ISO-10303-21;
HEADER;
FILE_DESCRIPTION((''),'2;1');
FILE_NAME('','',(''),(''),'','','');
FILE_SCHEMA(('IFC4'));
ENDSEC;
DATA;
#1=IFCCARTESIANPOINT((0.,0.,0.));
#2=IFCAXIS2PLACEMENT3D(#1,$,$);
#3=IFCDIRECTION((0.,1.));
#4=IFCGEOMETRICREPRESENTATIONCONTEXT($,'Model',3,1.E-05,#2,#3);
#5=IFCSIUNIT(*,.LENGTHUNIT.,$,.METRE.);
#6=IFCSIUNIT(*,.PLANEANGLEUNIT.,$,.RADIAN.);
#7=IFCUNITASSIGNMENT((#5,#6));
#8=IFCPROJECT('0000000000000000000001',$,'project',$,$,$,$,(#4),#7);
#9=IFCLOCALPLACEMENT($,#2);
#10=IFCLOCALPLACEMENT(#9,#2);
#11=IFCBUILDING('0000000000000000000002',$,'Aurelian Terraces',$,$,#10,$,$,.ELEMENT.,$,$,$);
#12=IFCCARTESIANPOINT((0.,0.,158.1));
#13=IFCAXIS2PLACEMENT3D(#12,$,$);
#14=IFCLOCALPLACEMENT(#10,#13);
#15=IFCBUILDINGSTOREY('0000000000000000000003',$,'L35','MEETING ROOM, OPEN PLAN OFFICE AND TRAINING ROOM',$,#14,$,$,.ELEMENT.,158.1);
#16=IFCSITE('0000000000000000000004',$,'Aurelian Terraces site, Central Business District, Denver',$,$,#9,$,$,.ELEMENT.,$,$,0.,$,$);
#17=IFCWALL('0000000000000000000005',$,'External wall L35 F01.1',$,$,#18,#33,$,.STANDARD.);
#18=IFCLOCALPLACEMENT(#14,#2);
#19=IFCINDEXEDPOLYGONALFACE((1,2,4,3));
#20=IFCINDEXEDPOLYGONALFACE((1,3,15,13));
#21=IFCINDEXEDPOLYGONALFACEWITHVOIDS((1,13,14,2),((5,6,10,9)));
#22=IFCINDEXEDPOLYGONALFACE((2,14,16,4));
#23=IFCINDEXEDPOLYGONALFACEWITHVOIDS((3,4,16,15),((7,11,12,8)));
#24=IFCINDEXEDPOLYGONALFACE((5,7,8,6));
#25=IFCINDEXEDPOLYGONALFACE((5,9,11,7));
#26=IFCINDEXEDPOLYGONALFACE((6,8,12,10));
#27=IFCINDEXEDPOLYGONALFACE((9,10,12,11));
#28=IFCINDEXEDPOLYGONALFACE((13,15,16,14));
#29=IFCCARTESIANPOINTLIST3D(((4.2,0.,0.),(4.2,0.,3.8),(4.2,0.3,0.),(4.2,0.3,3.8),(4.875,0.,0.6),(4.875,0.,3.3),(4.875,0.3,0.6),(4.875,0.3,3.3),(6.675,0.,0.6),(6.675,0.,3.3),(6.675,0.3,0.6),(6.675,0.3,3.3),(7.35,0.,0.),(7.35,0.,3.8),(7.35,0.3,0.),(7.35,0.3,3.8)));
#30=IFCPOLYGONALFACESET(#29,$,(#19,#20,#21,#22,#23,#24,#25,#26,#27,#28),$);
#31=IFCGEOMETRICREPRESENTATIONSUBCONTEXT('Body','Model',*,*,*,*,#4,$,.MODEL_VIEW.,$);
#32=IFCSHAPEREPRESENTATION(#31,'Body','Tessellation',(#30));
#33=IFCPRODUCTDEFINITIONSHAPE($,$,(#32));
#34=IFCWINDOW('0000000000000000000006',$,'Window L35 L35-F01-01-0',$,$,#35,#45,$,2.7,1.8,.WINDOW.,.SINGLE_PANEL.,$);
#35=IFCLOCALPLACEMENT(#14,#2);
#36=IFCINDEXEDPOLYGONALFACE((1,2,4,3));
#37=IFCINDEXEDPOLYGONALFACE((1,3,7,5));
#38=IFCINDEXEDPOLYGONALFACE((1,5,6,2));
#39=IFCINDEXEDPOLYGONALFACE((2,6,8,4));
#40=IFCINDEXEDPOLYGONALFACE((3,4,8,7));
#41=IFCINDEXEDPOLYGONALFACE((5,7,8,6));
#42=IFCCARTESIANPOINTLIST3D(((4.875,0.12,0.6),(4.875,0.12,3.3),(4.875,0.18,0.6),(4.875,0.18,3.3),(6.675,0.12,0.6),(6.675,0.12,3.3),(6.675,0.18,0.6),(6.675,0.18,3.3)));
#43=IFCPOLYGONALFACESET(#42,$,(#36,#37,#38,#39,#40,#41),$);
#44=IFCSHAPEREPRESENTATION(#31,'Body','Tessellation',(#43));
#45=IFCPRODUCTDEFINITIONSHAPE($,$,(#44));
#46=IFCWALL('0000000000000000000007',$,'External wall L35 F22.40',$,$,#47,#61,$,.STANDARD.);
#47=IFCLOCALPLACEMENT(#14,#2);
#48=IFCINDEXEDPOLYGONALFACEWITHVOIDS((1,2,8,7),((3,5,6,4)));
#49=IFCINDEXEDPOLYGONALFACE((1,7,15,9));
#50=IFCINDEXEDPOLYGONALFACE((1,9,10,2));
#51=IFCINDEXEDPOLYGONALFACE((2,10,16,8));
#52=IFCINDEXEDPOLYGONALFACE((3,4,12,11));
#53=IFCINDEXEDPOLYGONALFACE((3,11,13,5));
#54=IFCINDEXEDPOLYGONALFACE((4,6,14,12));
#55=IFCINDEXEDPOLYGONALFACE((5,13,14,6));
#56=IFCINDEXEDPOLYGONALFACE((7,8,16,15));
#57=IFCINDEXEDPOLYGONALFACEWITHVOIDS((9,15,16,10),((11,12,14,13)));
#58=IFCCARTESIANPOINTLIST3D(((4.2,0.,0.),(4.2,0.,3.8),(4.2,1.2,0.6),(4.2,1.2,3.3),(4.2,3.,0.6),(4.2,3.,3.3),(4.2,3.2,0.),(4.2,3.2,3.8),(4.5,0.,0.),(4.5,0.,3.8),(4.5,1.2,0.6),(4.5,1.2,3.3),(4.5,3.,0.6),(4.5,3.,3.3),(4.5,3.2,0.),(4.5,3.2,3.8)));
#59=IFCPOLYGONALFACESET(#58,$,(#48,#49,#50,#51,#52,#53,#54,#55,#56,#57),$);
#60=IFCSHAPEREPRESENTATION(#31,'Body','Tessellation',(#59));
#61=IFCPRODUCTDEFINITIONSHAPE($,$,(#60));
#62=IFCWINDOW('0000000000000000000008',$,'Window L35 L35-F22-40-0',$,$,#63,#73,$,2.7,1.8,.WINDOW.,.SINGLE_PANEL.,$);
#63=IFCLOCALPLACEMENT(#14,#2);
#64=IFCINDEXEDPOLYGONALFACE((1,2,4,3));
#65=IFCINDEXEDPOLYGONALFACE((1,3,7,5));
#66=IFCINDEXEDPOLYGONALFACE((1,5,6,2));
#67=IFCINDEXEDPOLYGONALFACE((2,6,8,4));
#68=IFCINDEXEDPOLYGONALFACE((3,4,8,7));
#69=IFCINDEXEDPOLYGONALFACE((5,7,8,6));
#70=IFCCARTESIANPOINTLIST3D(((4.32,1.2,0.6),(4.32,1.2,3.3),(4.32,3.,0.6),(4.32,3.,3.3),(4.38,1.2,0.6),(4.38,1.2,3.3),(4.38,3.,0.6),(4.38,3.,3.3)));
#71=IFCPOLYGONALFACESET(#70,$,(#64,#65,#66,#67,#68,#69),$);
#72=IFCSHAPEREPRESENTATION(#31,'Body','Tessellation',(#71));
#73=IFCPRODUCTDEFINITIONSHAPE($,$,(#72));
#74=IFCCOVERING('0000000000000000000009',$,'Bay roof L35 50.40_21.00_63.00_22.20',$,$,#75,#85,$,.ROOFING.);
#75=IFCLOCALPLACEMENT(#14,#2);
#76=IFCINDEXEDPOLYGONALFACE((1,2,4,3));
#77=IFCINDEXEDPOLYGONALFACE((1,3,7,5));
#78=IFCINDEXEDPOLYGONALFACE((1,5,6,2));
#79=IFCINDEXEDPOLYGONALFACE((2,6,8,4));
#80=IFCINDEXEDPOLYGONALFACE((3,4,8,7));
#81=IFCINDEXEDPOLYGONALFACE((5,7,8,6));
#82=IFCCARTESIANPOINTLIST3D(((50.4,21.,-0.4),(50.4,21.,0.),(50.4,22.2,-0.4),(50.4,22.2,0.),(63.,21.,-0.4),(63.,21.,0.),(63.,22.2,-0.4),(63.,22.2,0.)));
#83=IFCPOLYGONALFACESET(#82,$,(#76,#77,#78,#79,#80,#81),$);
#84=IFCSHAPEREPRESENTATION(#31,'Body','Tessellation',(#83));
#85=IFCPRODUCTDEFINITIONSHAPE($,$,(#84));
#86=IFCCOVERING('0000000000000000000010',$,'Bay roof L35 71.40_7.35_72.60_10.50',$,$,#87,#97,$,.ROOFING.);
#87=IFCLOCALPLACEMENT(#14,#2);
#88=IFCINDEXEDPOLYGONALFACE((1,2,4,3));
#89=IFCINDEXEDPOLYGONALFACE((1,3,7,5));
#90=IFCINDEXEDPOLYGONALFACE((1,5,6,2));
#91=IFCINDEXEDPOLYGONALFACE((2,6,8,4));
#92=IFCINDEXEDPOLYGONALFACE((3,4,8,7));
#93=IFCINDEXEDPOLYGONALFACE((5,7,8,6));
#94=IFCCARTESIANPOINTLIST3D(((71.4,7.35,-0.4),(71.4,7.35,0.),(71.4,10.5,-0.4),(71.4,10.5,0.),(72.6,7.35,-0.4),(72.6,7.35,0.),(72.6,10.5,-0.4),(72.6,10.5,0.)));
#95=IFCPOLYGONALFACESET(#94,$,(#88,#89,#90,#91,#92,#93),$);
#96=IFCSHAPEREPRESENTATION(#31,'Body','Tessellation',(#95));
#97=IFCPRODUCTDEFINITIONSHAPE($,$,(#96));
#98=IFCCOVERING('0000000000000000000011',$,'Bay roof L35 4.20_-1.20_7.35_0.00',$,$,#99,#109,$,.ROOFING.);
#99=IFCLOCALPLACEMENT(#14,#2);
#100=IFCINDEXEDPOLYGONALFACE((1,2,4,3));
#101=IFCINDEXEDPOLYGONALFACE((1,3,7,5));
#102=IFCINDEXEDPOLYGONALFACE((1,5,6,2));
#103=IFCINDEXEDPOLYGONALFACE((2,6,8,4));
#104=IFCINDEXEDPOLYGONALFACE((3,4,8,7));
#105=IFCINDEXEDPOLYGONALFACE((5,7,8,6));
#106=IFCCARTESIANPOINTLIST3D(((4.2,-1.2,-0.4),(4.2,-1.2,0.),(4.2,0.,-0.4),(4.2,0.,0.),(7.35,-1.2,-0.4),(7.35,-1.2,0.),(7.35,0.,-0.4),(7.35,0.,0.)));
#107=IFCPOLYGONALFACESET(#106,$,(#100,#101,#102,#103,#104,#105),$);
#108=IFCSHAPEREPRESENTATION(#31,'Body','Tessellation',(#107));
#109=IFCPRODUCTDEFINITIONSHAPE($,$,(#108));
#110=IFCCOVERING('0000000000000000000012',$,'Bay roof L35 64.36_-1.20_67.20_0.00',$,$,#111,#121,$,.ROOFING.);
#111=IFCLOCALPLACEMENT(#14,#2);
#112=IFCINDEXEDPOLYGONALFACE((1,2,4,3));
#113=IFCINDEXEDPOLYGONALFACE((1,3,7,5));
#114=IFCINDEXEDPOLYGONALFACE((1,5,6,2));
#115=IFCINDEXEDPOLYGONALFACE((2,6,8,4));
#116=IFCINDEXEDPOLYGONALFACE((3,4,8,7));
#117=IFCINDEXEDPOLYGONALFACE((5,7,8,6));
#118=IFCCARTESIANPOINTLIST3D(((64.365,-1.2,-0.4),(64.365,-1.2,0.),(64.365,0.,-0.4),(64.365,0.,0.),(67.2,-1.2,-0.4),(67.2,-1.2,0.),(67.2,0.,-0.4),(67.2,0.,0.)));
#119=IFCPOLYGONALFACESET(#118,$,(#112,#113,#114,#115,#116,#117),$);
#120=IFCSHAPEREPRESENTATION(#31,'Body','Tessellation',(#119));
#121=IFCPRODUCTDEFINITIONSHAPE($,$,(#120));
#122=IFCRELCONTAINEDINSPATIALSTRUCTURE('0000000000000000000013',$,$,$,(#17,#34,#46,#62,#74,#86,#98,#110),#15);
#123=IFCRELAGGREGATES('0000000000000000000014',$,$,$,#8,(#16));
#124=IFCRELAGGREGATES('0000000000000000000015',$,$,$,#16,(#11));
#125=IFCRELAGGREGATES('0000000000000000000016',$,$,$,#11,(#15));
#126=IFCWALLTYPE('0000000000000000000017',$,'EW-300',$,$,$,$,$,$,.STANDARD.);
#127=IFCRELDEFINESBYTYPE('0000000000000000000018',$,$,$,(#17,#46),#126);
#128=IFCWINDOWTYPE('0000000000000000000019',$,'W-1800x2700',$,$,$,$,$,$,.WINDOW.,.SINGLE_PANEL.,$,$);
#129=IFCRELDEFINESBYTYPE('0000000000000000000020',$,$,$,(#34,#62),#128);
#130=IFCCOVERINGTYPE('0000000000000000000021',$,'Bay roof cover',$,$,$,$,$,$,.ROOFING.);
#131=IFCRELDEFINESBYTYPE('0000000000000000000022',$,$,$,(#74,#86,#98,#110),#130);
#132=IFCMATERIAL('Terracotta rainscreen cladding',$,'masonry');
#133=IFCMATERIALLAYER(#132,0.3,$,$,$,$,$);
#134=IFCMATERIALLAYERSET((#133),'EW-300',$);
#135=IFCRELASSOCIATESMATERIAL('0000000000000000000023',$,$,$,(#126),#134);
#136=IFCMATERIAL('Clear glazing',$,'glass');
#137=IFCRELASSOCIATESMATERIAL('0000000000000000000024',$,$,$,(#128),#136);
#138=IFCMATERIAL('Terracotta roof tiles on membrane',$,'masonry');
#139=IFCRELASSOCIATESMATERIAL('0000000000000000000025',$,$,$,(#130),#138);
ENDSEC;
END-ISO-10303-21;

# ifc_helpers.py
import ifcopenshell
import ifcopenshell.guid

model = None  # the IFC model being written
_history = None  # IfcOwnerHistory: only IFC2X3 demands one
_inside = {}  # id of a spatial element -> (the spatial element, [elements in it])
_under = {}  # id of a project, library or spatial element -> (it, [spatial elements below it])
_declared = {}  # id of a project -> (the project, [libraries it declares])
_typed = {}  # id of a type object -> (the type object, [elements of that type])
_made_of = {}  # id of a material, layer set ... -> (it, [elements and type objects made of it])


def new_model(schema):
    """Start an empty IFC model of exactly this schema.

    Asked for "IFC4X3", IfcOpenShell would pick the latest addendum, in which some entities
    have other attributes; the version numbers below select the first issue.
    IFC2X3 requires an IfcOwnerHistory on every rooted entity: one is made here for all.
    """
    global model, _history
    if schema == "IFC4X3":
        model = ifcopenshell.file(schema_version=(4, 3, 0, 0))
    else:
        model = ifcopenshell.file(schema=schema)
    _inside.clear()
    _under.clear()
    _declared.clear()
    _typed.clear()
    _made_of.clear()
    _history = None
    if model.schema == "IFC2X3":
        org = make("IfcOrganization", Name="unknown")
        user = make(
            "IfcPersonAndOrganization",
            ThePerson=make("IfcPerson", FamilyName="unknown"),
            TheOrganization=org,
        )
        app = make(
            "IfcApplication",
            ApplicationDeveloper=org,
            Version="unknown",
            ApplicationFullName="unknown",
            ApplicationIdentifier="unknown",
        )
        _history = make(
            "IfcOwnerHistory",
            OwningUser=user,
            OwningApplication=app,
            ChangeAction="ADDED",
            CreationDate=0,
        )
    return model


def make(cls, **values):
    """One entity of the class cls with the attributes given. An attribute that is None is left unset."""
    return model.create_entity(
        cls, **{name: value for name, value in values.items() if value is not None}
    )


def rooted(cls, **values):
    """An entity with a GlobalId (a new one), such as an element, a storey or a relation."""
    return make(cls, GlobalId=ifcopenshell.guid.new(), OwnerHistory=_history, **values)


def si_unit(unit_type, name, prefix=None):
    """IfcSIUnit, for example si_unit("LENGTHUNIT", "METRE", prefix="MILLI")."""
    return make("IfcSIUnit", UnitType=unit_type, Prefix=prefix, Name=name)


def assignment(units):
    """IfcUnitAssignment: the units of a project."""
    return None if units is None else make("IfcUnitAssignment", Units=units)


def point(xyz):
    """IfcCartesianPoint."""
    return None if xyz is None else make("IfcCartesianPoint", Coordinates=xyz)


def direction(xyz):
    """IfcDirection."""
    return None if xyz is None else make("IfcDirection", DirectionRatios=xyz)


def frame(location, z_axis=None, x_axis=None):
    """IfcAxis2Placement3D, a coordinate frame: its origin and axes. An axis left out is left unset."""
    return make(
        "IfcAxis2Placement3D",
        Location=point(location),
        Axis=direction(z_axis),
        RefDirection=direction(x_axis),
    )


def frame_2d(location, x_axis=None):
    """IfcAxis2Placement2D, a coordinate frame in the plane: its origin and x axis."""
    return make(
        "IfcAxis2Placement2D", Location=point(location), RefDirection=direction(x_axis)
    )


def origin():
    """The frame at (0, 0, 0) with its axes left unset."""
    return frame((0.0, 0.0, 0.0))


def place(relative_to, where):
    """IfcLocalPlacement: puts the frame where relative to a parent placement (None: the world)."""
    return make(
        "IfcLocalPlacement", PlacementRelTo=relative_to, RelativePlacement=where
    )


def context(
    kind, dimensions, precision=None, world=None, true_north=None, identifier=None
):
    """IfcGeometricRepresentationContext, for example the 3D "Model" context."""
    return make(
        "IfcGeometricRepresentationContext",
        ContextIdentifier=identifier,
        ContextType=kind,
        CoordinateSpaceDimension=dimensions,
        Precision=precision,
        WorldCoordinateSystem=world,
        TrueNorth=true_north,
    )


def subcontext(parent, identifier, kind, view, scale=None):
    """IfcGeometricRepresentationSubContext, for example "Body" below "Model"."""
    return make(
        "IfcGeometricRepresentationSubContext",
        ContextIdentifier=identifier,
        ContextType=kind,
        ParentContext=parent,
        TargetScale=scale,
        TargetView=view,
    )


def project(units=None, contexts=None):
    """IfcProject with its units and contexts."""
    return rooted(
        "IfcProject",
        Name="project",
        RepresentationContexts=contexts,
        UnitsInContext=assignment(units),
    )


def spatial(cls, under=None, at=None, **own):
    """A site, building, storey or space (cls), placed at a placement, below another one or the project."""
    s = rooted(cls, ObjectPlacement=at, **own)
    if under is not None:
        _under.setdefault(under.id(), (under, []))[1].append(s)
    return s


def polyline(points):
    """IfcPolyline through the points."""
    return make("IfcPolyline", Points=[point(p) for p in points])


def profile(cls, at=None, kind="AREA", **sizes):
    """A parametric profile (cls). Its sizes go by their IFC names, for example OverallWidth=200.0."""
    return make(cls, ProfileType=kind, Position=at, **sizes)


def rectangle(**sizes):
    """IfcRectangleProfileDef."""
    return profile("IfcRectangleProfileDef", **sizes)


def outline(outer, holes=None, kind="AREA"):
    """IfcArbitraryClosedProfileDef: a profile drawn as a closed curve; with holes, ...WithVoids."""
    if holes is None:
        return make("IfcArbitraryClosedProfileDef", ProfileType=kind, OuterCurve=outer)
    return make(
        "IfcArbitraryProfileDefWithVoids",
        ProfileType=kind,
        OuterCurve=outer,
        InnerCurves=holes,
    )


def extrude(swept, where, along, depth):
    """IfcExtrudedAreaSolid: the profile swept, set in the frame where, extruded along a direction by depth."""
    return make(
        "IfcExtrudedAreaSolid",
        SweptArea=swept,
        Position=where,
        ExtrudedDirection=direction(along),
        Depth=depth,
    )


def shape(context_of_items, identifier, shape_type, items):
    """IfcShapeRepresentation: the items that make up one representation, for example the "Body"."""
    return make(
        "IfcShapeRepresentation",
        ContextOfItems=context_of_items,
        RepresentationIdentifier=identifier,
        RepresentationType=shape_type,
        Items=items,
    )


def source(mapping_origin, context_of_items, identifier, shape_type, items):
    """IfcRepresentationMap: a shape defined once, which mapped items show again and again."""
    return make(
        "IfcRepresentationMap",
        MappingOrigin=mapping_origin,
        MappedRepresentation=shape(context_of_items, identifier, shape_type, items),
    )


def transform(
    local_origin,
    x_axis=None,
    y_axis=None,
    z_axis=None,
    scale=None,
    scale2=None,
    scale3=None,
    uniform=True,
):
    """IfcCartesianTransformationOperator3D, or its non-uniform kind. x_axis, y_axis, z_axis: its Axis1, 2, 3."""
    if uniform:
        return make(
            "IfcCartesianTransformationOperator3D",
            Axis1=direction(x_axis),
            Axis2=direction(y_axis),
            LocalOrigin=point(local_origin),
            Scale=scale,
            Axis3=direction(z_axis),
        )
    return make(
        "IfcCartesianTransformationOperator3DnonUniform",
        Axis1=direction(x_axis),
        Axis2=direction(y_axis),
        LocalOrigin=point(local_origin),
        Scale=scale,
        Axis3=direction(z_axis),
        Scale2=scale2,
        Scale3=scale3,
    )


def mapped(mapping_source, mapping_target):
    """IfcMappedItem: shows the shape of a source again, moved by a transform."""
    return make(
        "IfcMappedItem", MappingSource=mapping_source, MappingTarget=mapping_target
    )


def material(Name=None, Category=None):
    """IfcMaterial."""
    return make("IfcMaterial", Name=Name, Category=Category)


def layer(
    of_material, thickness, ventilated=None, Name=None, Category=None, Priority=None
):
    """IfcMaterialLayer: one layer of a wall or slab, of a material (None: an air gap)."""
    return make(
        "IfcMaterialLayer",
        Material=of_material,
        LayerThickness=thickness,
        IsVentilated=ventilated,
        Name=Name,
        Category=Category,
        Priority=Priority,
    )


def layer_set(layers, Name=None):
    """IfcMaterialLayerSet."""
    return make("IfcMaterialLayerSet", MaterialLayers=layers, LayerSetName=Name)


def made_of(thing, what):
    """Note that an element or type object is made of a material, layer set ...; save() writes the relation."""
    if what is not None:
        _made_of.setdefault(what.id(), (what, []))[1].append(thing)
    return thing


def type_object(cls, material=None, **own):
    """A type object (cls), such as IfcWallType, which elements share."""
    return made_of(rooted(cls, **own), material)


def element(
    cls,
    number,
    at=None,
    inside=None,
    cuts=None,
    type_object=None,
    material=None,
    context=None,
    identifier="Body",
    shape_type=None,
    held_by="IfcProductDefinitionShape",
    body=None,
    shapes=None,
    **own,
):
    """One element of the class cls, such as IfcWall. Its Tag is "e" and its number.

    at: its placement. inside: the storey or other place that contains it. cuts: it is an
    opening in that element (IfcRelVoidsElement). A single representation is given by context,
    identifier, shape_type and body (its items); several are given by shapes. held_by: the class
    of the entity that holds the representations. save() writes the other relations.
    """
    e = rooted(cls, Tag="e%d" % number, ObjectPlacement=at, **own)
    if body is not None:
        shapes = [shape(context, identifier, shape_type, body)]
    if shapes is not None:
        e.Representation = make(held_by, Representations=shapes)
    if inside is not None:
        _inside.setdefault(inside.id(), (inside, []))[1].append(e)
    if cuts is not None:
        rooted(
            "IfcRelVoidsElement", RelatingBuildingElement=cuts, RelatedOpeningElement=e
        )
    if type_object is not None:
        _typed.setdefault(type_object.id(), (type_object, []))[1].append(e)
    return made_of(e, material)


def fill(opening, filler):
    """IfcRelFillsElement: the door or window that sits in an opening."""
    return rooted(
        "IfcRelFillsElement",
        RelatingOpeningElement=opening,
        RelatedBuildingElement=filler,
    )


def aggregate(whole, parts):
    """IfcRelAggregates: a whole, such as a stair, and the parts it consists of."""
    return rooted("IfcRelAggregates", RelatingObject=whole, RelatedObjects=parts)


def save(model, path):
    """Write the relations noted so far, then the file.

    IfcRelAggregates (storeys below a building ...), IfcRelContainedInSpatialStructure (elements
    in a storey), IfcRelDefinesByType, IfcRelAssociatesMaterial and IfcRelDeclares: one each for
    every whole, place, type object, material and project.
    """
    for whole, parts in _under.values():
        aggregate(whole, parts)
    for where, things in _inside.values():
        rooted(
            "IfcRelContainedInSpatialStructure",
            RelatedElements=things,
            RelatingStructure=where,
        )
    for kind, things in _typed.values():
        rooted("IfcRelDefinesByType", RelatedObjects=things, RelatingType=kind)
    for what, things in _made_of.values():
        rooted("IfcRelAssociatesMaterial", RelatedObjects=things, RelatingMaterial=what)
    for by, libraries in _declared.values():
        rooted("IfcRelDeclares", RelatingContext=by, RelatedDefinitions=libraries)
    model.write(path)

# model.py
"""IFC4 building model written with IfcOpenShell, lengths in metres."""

from ifc_helpers import new_model, si_unit, direction, frame, frame_2d, origin, place, context, subcontext, project, spatial, polyline, rectangle, outline, extrude, source, transform, mapped, material, layer, layer_set, type_object, element, fill, save


model = new_model("IFC4")

# Units and contexts
model_context = context("Model", 3, precision=1e-05, world=origin(), true_north=direction((0.0, 1.0)))
body_context = subcontext(model_context, "Body", "Model", "MODEL_VIEW")
ifc_project = project(units=[si_unit("LENGTHUNIT", "METRE"), si_unit("PLANEANGLEUNIT", "RADIAN")], contexts=[model_context])

# Site, building, storey
site_placement = place(None, origin())
site = spatial("IfcSite", under=ifc_project, at=site_placement, Name="Aurelian Terraces site, Central Business District, Denver", CompositionType="ELEMENT", RefElevation=0.0)
building_placement = place(site_placement, origin())
building = spatial("IfcBuilding", under=site, at=building_placement, Name="Aurelian Terraces", CompositionType="ELEMENT")
storey_placement = place(building_placement, frame((0.0, 0.0, 158.1)))
storey = spatial("IfcBuildingStorey", under=building, at=storey_placement, Name="L35", Description="MEETING ROOM, OPEN PLAN OFFICE AND TRAINING ROOM", CompositionType="ELEMENT", Elevation=158.1)

# Walls, openings, windows
ifc_material_1 = material(Name="Terracotta rainscreen cladding", Category="masonry")
ifc_layer_1 = layer(ifc_material_1, 0.3)
ifc_layer_set_1 = layer_set([ifc_layer_1], Name="EW-300")
wall_type_1 = type_object("IfcWallType", Name="EW-300", PredefinedType="STANDARD", material=ifc_layer_set_1)
shared_shape_1 = source(origin(), body_context, "Body", "SweptSolid", [
    extrude(rectangle(XDim=3.15, YDim=0.3, at=frame_2d((1.575, 0.0))), origin(), (0.0, 0.0, 1.0), 3.8),
])
wall_1_placement = place(storey_placement, frame((4.2, 0.15, 0.0), z_axis=(0.0, 0.0, 1.0), x_axis=(1.0, 0.0, 0.0)))
wall_1 = element("IfcWall", 1, at=wall_1_placement, inside=storey, type_object=wall_type_1, Name="External wall L35 F01.1", PredefinedType="STANDARD", context=body_context, shape_type="MappedRepresentation", body=[
    mapped(shared_shape_1, transform((0.0, 0.0, 0.0), scale=1.0)),
])
shared_shape_2 = source(origin(), body_context, "Body", "SweptSolid", [
    extrude(rectangle(XDim=1.8, YDim=2.7, at=frame_2d((0.9, 1.35))), frame((0.0, 0.16, 0.0), z_axis=(0.0, -1.0, 0.0), x_axis=(1.0, 0.0, 0.0)), (0.0, 0.0, 1.0), 0.32),
])
opening_1_placement = place(wall_1_placement, frame((0.675, 0.0, 0.6)))
opening_1 = element("IfcOpeningElement", 2, at=opening_1_placement, cuts=wall_1, PredefinedType="OPENING", context=body_context, shape_type="MappedRepresentation", body=[
    mapped(shared_shape_2, transform((0.0, 0.0, 0.0), scale=1.0)),
])
ifc_material_2 = material(Name="Clear glazing", Category="glass")
window_type = type_object("IfcWindowType", Name="W-1800x2700", PartitioningType="SINGLE_PANEL", PredefinedType="WINDOW", material=ifc_material_2)
shared_shape_3 = source(origin(), body_context, "Body", "SweptSolid", [
    extrude(rectangle(XDim=1.8, YDim=2.7, at=frame_2d((0.9, 1.35))), frame((0.0, 0.03, 0.0), z_axis=(0.0, -1.0, 0.0), x_axis=(1.0, 0.0, 0.0)), (0.0, 0.0, 1.0), 0.06),
])
window_1_placement = place(opening_1_placement, origin())
window_1 = element("IfcWindow", 3, at=window_1_placement, inside=storey, type_object=window_type, Name="Window L35 L35-F01-01-0", OverallHeight=2.7, OverallWidth=1.8, PartitioningType="SINGLE_PANEL", PredefinedType="WINDOW", context=body_context, shape_type="MappedRepresentation", body=[
    mapped(shared_shape_3, transform((0.0, 0.0, 0.0), scale=1.0)),
])
fill(opening_1, window_1)
shared_shape_4 = source(origin(), body_context, "Body", "SweptSolid", [
    extrude(rectangle(XDim=3.2, YDim=0.3, at=frame_2d((1.6, 0.0))), origin(), (0.0, 0.0, 1.0), 3.8),
])
wall_2_placement = place(storey_placement, frame((4.35, 3.2, 0.0), z_axis=(0.0, 0.0, 1.0), x_axis=(0.0, -1.0, 0.0)))
wall_2 = element("IfcWall", 4, at=wall_2_placement, inside=storey, type_object=wall_type_1, Name="External wall L35 F22.40", PredefinedType="STANDARD", context=body_context, shape_type="MappedRepresentation", body=[
    mapped(shared_shape_4, transform((0.0, 0.0, 0.0), scale=1.0)),
])
opening_2_placement = place(wall_2_placement, frame((0.2, 0.0, 0.6)))
opening_2 = element("IfcOpeningElement", 5, at=opening_2_placement, cuts=wall_2, PredefinedType="OPENING", context=body_context, shape_type="MappedRepresentation", body=[
    mapped(shared_shape_2, transform((0.0, 0.0, 0.0), scale=1.0)),
])
window_2_placement = place(opening_2_placement, origin())
window_2 = element("IfcWindow", 6, at=window_2_placement, inside=storey, type_object=window_type, Name="Window L35 L35-F22-40-0", OverallHeight=2.7, OverallWidth=1.8, PartitioningType="SINGLE_PANEL", PredefinedType="WINDOW", context=body_context, shape_type="MappedRepresentation", body=[
    mapped(shared_shape_3, transform((0.0, 0.0, 0.0), scale=1.0)),
])
fill(opening_2, window_2)

# Coverings
ifc_material_3 = material(Name="Terracotta roof tiles on membrane", Category="masonry")
covering_type = type_object("IfcCoveringType", Name="Bay roof cover", PredefinedType="ROOFING", material=ifc_material_3)
covering_1_placement = place(storey_placement, frame((0.0, 0.0, -0.4)))
element("IfcCovering", 7, at=covering_1_placement, inside=storey, type_object=covering_type, Name="Bay roof L35 50.40_21.00_63.00_22.20", PredefinedType="ROOFING", context=body_context, shape_type="SweptSolid", body=[
    extrude(outline(polyline([(63.0, 21.0), (50.4, 21.0), (50.4, 22.2), (63.0, 22.2), (63.0, 21.0)])), origin(), (0.0, 0.0, 1.0), 0.4),
])
covering_2_placement = place(storey_placement, frame((0.0, 0.0, -0.4)))
element("IfcCovering", 8, at=covering_2_placement, inside=storey, type_object=covering_type, Name="Bay roof L35 71.40_7.35_72.60_10.50", PredefinedType="ROOFING", context=body_context, shape_type="SweptSolid", body=[
    extrude(outline(polyline([(71.4, 7.35), (71.4, 10.5), (72.6, 10.5), (72.6, 7.35), (71.4, 7.35)])), origin(), (0.0, 0.0, 1.0), 0.4),
])
shared_shape_5 = source(origin(), body_context, "Body", "SweptSolid", [
    extrude(outline(polyline([(4.2, 0.0), (7.35, 0.0), (7.35, -1.2), (4.2, -1.2), (4.2, 0.0)])), origin(), (0.0, 0.0, 1.0), 0.4),
])
covering_3_placement = place(storey_placement, frame((0.0, 0.0, -0.4)))
element("IfcCovering", 9, at=covering_3_placement, inside=storey, type_object=covering_type, Name="Bay roof L35 4.20_-1.20_7.35_0.00", PredefinedType="ROOFING", context=body_context, shape_type="MappedRepresentation", body=[
    mapped(shared_shape_5, transform((0.0, 0.0, 0.0), scale=1.0)),
])
shared_shape_6 = source(origin(), body_context, "Body", "SweptSolid", [
    extrude(outline(polyline([(64.365, 0.0), (67.2, 0.0), (67.2, -1.2), (64.365, -1.2), (64.365, 0.0)])), origin(), (0.0, 0.0, 1.0), 0.4),
])
covering_4_placement = place(storey_placement, frame((0.0, 0.0, -0.4)))
element("IfcCovering", 10, at=covering_4_placement, inside=storey, type_object=covering_type, Name="Bay roof L35 64.36_-1.20_67.20_0.00", PredefinedType="ROOFING", context=body_context, shape_type="MappedRepresentation", body=[
    mapped(shared_shape_6, transform((0.0, 0.0, 0.0), scale=1.0)),
])

save(model, "model.ifc")
